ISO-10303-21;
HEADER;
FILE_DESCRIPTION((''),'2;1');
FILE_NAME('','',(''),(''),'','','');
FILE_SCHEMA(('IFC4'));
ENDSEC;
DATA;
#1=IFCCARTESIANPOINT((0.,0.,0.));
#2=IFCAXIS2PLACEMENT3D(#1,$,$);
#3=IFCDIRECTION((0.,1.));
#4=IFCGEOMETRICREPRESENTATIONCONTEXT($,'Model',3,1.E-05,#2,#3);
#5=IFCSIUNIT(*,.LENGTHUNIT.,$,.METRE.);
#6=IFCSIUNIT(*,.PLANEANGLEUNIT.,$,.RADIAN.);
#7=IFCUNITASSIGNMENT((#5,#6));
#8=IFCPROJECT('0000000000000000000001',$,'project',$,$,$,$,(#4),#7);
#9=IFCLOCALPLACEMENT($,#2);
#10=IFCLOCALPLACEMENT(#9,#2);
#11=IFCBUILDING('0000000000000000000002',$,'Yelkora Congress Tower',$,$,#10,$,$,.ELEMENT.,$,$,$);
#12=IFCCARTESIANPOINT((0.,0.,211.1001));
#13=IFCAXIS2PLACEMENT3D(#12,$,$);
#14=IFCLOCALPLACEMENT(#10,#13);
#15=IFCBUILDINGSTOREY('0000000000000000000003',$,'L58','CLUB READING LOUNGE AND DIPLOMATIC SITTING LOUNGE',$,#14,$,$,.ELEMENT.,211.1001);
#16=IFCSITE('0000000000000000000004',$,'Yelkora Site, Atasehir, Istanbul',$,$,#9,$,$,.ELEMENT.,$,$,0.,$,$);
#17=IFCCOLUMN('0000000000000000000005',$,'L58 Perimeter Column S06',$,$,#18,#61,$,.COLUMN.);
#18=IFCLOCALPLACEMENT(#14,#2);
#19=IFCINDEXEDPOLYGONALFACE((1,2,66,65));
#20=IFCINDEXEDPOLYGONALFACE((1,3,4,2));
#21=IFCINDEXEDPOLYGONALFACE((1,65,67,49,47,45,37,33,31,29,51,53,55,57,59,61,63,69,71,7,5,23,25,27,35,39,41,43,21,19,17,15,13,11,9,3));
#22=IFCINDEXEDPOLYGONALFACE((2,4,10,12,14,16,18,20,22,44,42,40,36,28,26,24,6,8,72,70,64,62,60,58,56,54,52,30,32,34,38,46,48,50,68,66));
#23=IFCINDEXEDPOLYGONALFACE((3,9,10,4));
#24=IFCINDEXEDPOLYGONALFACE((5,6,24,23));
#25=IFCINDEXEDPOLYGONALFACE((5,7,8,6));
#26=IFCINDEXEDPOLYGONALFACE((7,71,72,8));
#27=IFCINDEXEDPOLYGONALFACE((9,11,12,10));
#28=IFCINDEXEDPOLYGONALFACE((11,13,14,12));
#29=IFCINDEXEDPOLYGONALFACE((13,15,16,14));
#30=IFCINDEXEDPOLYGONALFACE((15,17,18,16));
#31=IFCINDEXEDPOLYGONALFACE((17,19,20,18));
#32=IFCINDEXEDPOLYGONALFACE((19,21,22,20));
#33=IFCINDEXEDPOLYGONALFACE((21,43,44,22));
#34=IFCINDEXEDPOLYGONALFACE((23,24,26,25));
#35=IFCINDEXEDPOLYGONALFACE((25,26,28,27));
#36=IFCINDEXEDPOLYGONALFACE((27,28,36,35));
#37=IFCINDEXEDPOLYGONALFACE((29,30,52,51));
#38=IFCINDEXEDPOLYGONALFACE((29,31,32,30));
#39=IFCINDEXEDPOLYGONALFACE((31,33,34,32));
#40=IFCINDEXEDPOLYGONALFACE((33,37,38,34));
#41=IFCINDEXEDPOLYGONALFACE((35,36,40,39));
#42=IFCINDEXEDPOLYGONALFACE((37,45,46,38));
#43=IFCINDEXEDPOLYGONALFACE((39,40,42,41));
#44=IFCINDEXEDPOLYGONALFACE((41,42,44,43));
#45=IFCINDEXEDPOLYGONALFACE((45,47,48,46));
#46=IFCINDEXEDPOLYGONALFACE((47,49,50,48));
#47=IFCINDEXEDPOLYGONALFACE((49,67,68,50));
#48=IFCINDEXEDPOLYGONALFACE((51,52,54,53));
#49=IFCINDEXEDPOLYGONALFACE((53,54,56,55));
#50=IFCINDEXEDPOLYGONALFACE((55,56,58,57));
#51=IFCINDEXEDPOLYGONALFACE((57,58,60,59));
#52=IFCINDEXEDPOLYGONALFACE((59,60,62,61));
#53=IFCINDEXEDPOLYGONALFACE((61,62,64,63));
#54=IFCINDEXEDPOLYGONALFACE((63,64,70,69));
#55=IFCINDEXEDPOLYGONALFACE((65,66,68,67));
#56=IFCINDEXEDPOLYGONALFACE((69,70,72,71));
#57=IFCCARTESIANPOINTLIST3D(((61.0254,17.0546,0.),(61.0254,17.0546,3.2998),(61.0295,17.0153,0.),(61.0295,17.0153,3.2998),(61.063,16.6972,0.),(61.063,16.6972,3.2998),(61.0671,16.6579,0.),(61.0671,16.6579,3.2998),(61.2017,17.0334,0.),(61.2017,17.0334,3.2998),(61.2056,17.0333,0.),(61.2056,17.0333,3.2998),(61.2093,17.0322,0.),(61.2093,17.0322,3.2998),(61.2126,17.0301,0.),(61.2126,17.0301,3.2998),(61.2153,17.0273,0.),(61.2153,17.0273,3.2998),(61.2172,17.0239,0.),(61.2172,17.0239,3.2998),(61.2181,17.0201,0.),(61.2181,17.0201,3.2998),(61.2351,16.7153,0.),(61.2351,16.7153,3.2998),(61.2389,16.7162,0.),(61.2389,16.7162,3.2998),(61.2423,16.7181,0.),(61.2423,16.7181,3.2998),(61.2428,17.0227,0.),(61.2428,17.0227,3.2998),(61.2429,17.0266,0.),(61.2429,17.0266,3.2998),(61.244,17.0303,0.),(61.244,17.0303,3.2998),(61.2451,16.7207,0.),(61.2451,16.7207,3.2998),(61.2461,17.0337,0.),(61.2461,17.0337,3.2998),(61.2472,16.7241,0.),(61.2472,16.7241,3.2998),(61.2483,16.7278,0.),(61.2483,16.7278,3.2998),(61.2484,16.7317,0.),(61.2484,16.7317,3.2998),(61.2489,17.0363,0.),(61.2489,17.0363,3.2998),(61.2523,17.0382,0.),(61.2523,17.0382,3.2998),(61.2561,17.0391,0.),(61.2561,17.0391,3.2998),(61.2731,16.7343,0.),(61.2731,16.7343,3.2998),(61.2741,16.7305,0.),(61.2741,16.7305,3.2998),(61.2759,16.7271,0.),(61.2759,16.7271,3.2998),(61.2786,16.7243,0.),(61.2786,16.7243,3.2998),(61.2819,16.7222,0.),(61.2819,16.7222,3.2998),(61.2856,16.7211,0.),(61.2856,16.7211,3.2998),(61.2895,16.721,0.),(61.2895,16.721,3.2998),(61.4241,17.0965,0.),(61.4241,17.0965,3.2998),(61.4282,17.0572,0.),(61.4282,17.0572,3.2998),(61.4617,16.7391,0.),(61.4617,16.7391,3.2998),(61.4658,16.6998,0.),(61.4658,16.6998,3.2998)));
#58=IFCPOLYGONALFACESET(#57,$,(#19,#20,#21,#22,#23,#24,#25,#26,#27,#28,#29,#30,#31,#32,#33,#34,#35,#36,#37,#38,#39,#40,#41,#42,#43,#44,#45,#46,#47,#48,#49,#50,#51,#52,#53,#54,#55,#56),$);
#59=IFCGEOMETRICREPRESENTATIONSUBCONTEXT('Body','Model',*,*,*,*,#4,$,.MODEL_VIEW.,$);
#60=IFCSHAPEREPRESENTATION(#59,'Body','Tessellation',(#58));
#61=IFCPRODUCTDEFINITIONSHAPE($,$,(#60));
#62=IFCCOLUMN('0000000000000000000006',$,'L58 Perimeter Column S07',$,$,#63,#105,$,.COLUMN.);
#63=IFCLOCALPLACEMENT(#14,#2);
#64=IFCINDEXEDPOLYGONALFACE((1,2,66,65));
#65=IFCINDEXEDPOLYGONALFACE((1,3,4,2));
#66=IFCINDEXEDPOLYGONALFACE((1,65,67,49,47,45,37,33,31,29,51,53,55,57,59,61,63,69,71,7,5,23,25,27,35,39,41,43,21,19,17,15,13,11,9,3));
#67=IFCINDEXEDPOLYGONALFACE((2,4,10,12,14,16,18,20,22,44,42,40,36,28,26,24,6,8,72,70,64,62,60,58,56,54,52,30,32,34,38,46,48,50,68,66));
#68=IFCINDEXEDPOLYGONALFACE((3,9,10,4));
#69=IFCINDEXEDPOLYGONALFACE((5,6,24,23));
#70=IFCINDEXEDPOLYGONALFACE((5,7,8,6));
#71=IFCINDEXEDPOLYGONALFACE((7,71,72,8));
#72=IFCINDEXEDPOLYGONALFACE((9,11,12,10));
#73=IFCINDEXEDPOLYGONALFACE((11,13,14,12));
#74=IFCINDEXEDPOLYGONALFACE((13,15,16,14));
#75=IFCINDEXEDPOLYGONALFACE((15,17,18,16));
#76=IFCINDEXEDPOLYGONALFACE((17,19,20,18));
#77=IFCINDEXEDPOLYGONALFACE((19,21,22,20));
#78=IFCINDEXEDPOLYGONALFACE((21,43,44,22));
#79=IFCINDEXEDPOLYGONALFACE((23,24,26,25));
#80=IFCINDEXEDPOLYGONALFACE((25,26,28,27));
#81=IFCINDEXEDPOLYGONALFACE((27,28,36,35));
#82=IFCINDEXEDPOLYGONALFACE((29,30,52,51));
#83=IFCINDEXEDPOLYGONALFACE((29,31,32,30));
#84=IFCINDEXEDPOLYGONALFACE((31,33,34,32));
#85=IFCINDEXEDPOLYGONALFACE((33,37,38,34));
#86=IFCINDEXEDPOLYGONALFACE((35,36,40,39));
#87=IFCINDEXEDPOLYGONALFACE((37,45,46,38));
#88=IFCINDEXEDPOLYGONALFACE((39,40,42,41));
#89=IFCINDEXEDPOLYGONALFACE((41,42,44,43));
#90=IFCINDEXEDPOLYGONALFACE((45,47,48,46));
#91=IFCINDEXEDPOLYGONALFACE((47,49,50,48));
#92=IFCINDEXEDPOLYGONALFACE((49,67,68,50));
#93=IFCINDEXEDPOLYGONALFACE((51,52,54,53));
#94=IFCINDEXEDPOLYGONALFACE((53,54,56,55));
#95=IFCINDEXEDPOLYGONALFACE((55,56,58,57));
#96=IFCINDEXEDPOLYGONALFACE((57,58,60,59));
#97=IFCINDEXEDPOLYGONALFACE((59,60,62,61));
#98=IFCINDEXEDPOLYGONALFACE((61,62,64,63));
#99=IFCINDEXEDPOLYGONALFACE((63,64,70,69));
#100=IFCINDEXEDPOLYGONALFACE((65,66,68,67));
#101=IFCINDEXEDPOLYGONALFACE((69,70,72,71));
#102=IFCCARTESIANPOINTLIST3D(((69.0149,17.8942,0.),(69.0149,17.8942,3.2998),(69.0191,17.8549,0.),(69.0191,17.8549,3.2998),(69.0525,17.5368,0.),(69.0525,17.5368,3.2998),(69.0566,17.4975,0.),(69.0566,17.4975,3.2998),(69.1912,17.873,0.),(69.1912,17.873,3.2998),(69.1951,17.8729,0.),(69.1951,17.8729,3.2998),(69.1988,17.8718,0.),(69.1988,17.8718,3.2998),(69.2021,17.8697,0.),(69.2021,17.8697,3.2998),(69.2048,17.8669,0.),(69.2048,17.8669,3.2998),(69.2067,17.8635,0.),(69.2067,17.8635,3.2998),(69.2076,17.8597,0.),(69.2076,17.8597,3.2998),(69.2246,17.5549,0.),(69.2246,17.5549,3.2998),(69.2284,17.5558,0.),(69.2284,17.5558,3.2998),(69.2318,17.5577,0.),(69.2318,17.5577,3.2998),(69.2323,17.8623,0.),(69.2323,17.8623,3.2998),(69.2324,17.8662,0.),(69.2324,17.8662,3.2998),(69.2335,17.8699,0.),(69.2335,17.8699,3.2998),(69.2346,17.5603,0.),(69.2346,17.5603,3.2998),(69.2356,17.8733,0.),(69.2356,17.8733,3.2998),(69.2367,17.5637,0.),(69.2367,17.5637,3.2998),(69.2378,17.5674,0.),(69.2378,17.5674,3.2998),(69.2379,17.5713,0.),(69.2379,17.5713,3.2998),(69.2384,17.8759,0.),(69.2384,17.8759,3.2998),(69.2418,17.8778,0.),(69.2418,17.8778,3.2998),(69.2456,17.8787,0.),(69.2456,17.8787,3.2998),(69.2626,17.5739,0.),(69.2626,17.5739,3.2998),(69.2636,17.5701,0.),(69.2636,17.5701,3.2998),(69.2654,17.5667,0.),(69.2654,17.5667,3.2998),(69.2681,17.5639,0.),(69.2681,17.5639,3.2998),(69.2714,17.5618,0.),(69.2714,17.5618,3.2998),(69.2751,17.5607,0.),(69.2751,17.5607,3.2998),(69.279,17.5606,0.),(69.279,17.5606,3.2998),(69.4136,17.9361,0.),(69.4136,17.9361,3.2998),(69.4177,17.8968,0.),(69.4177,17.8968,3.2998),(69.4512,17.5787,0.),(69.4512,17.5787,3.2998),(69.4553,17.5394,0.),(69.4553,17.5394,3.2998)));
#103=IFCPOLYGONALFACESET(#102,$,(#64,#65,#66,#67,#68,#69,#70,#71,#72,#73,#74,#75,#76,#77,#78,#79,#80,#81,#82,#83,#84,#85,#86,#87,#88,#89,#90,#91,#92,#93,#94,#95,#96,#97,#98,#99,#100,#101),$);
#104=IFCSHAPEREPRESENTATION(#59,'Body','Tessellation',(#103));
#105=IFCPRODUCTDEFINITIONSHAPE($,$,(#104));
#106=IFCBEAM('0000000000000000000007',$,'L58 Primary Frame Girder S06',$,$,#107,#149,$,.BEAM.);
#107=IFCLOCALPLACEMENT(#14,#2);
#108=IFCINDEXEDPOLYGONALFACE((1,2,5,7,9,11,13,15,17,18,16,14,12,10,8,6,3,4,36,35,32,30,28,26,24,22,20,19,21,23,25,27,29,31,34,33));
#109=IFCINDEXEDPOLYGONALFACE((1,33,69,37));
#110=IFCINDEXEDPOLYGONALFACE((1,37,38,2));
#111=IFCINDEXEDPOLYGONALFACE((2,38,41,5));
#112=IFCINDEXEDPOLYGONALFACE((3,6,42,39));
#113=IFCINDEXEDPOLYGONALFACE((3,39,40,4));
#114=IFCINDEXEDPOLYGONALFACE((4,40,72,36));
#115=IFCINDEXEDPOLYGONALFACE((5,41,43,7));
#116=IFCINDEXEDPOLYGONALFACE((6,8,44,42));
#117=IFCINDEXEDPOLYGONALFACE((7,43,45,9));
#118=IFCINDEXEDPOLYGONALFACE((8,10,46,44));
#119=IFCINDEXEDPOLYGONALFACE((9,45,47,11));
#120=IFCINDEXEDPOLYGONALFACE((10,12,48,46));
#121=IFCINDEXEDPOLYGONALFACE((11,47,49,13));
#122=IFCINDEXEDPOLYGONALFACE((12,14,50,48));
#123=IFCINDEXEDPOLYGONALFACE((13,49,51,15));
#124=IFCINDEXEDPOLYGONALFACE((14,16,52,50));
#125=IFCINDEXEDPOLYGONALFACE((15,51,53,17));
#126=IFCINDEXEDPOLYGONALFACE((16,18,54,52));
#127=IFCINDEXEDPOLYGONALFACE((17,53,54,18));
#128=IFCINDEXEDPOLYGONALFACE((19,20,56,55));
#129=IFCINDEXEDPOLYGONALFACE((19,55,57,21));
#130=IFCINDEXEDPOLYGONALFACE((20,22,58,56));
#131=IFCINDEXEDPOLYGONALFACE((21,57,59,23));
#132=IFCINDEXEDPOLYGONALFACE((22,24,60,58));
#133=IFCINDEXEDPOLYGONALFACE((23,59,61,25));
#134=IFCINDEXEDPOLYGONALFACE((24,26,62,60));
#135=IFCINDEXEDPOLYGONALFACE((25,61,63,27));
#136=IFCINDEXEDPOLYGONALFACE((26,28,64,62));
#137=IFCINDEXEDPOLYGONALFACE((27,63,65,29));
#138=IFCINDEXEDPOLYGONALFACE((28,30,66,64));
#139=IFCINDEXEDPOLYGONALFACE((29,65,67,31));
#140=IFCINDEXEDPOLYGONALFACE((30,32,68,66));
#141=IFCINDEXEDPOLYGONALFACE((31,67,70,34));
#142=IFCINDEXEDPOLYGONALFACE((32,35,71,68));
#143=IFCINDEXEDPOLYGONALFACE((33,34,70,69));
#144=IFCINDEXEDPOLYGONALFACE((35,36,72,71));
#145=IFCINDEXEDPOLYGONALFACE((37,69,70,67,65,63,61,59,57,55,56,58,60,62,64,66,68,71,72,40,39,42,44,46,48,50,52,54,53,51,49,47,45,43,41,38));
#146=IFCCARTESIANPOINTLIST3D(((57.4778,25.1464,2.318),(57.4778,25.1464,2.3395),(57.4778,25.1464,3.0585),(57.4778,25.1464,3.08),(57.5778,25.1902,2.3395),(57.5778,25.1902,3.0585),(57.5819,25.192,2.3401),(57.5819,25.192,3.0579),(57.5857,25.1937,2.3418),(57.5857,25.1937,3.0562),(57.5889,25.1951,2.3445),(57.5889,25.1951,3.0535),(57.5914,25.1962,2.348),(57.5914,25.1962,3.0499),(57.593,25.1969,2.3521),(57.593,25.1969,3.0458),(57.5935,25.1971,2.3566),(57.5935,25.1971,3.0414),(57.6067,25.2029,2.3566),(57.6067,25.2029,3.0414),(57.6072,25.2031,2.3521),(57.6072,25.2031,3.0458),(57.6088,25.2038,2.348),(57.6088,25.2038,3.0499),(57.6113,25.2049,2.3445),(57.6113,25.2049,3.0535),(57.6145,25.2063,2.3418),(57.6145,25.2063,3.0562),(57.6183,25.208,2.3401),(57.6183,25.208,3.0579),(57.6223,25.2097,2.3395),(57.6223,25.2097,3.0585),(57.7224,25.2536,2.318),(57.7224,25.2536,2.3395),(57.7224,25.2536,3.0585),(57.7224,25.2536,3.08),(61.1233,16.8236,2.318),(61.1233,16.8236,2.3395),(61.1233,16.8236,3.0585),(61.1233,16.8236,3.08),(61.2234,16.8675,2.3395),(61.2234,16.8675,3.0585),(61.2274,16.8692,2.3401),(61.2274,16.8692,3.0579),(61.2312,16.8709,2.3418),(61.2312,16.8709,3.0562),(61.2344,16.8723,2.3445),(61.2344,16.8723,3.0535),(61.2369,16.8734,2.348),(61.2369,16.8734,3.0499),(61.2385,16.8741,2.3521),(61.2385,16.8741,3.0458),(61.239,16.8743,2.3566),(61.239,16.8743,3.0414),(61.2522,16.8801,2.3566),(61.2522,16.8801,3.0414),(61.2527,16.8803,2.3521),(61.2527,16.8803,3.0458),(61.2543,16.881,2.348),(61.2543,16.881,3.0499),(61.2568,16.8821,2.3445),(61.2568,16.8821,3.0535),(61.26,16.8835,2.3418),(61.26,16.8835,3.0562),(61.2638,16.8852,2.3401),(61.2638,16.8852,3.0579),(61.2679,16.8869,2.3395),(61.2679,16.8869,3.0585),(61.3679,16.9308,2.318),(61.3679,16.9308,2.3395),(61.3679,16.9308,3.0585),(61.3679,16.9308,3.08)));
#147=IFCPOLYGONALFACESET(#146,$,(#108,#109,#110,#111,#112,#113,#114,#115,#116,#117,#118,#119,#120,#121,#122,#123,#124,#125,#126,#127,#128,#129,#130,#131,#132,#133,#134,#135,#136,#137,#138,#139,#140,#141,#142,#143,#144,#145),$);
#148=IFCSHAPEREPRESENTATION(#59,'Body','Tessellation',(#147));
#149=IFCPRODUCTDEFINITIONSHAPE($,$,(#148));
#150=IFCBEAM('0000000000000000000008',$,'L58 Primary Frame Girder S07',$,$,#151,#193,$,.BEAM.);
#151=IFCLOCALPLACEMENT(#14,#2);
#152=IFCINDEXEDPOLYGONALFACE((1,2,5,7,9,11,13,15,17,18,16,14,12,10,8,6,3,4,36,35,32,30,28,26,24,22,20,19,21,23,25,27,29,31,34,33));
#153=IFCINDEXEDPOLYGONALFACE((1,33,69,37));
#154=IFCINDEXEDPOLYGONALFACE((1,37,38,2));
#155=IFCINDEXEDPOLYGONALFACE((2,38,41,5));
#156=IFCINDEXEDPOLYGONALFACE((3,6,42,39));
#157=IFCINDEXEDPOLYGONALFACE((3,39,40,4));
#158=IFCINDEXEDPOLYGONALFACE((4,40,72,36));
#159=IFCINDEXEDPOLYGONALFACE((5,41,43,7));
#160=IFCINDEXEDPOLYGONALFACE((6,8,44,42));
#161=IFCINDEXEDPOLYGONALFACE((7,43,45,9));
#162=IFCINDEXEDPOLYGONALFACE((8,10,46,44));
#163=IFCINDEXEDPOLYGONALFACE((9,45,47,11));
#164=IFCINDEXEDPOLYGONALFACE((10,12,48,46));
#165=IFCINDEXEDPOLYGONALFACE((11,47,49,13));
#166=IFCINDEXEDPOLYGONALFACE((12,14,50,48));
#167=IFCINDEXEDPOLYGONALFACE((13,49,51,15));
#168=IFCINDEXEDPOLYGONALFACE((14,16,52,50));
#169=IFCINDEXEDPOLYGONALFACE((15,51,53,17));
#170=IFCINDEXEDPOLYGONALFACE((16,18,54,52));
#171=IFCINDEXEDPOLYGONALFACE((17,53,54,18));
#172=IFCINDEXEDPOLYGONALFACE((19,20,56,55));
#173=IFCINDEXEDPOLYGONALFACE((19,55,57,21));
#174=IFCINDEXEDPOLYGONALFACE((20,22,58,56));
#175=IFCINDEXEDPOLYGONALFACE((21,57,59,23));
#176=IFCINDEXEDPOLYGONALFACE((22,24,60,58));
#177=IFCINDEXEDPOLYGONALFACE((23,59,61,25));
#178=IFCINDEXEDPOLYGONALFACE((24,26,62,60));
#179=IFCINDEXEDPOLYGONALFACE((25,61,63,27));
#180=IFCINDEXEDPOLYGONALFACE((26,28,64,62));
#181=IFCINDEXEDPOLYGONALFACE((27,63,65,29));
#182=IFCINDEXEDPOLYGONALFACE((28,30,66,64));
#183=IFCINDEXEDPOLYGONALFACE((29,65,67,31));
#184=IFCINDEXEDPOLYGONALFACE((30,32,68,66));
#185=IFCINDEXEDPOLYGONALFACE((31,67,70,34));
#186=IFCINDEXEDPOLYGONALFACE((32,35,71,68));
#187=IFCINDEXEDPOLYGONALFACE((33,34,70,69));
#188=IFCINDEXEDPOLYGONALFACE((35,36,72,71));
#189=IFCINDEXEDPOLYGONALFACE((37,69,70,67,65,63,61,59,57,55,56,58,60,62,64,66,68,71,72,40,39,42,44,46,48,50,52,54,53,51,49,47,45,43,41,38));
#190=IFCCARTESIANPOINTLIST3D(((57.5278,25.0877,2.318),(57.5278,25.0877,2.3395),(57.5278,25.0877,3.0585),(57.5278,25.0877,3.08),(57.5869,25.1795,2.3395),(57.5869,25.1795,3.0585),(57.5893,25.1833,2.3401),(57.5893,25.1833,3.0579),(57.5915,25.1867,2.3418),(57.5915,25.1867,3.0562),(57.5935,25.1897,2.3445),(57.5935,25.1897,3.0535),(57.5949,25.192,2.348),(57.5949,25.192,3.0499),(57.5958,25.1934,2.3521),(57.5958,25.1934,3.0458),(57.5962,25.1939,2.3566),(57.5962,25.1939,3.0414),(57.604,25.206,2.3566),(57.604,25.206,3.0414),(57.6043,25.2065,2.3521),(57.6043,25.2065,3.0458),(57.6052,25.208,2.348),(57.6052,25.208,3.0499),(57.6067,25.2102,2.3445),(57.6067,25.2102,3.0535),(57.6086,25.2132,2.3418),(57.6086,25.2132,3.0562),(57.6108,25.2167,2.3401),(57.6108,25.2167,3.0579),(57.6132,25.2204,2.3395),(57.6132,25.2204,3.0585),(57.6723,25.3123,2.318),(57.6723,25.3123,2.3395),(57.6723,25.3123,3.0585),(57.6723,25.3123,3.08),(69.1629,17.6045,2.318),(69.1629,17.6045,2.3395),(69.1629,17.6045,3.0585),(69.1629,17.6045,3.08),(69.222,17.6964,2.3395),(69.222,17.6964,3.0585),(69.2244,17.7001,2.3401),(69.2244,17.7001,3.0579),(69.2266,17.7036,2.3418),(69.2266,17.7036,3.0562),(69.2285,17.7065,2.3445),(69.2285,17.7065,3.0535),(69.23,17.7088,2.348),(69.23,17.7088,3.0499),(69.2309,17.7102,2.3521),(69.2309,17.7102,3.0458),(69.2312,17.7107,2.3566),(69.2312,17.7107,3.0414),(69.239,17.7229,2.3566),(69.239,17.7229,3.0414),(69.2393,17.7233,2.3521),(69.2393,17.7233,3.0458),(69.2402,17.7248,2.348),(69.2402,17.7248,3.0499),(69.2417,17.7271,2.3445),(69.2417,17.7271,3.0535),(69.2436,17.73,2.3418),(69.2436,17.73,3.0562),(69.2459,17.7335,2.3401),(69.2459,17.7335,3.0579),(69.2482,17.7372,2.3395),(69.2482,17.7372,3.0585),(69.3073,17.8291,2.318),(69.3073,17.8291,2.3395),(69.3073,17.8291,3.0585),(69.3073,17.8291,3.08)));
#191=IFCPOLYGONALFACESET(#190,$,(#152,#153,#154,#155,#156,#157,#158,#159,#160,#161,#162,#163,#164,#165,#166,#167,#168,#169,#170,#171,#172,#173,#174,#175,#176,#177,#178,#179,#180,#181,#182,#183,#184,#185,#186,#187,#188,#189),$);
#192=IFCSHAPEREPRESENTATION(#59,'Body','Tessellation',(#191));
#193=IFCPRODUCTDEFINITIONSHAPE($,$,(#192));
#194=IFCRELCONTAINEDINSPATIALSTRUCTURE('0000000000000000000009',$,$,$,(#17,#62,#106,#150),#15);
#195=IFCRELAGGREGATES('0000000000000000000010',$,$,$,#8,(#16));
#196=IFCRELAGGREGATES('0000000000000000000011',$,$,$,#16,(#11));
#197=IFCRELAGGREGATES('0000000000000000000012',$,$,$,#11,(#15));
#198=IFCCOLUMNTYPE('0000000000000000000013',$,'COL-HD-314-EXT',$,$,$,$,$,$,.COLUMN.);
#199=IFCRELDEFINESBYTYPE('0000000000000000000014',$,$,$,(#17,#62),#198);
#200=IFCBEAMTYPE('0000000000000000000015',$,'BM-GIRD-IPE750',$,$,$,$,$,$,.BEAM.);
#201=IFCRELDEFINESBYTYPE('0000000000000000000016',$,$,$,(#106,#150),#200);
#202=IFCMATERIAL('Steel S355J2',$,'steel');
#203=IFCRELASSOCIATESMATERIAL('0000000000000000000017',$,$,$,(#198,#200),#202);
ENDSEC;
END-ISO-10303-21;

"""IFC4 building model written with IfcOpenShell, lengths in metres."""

from ifc_helpers import new_model, si_unit, direction, frame, origin, origin_2d, place, context, subcontext, project, spatial, i_section, extrude, material, material_profile, profile_set, type_object, element, save


model = new_model("IFC4")

# Units and contexts
model_context = context("Model", 3, precision=1e-05, world=origin(), true_north=direction((0.0, 1.0)))
body_context = subcontext(model_context, "Body", "Model", "MODEL_VIEW")
ifc_project = project(units=[si_unit("LENGTHUNIT", "METRE"), si_unit("PLANEANGLEUNIT", "RADIAN")], contexts=[model_context])

# Site, building, storey
site_placement = place(None, origin())
site = spatial("IfcSite", under=ifc_project, at=site_placement, Name="Yelkora Site, Atasehir, Istanbul", CompositionType="ELEMENT", RefElevation=0.0)
building_placement = place(site_placement, origin())
building = spatial("IfcBuilding", under=site, at=building_placement, Name="Yelkora Congress Tower", CompositionType="ELEMENT")
storey_placement = place(building_placement, frame((0.0, 0.0, 211.1001)))
storey = spatial("IfcBuildingStorey", under=building, at=storey_placement, Name="L58", Description="CLUB READING LOUNGE AND DIPLOMATIC SITTING LOUNGE", CompositionType="ELEMENT", Elevation=211.1001)

# Columns
ifc_material_1 = material(Name="Steel S355J2", Category="steel")
ifc_material_profile_1 = material_profile(ifc_material_1, i_section(OverallWidth=0.4009, OverallDepth=0.3989, WebThickness=0.0249, FlangeThickness=0.0396, FilletRadius=0.0149, at=origin_2d()), Name="HD 400x314")
ifc_profile_set_1 = profile_set([ifc_material_profile_1], Name="Steel S355J2")
column_type = type_object("IfcColumnType", Name="COL-HD-314-EXT", PredefinedType="COLUMN", material=ifc_profile_set_1)
for number, where, z_axis, x_axis, name in (
    (1, (61.2456, 16.8772, 0.0), (0.0, 0.0, 1.0), (0.994522, 0.104528, 0.0), "L58 Perimeter Column S06"),
    (2, (69.2351, 17.7168, 0.0), (0.0, 0.0, 1.0), (0.994522, 0.104528, 0.0), "L58 Perimeter Column S07"),
):
    element("IfcColumn", number, at=place(storey_placement, frame(where, z_axis=z_axis, x_axis=x_axis)), inside=storey, type_object=column_type, Name=name, PredefinedType="COLUMN", context=body_context, shape_type="SweptSolid", body=[
        extrude(i_section(OverallWidth=0.4009, OverallDepth=0.3989, WebThickness=0.0249, FlangeThickness=0.0396, FilletRadius=0.0149, at=origin_2d()), origin(), (0.0, 0.0, 1.0), 3.2998),
    ])

# Beams
ifc_material_profile_2 = material_profile(ifc_material_1, i_section(OverallWidth=0.2671, OverallDepth=0.762, WebThickness=0.0144, FlangeThickness=0.0215, FilletRadius=0.0171, at=origin_2d()), Name="IPE 750x173")
ifc_profile_set_2 = profile_set([ifc_material_profile_2], Name="Steel S355J2")
beam_type_1 = type_object("IfcBeamType", Name="BM-GIRD-IPE750", PredefinedType="BEAM", material=ifc_profile_set_2)
beam_1_placement = place(storey_placement, frame((61.2456, 16.8772, 2.699), z_axis=(-0.401216, 0.915983, 0.0), x_axis=(-0.915983, -0.401216, 0.0)))
element("IfcBeam", 3, at=beam_1_placement, inside=storey, type_object=beam_type_1, Name="L58 Primary Frame Girder S06", PredefinedType="BEAM", context=body_context, shape_type="SweptSolid", body=[
    extrude(i_section(OverallWidth=0.2671, OverallDepth=0.762, WebThickness=0.0144, FlangeThickness=0.0215, FilletRadius=0.0171, at=origin_2d()), origin(), (0.0, 0.0, 1.0), 9.0862),
])
beam_2_placement = place(storey_placement, frame((69.2351, 17.7168, 2.699), z_axis=(-0.841063, 0.540937, 0.0), x_axis=(-0.540937, -0.841063, 0.0)))
element("IfcBeam", 4, at=beam_2_placement, inside=storey, type_object=beam_type_1, Name="L58 Primary Frame Girder S07", PredefinedType="BEAM", context=body_context, shape_type="SweptSolid", body=[
    extrude(i_section(OverallWidth=0.2671, OverallDepth=0.762, WebThickness=0.0144, FlangeThickness=0.0215, FilletRadius=0.0171, at=origin_2d()), origin(), (0.0, 0.0, 1.0), 13.8337),
])

save(model, "model.ifc")
